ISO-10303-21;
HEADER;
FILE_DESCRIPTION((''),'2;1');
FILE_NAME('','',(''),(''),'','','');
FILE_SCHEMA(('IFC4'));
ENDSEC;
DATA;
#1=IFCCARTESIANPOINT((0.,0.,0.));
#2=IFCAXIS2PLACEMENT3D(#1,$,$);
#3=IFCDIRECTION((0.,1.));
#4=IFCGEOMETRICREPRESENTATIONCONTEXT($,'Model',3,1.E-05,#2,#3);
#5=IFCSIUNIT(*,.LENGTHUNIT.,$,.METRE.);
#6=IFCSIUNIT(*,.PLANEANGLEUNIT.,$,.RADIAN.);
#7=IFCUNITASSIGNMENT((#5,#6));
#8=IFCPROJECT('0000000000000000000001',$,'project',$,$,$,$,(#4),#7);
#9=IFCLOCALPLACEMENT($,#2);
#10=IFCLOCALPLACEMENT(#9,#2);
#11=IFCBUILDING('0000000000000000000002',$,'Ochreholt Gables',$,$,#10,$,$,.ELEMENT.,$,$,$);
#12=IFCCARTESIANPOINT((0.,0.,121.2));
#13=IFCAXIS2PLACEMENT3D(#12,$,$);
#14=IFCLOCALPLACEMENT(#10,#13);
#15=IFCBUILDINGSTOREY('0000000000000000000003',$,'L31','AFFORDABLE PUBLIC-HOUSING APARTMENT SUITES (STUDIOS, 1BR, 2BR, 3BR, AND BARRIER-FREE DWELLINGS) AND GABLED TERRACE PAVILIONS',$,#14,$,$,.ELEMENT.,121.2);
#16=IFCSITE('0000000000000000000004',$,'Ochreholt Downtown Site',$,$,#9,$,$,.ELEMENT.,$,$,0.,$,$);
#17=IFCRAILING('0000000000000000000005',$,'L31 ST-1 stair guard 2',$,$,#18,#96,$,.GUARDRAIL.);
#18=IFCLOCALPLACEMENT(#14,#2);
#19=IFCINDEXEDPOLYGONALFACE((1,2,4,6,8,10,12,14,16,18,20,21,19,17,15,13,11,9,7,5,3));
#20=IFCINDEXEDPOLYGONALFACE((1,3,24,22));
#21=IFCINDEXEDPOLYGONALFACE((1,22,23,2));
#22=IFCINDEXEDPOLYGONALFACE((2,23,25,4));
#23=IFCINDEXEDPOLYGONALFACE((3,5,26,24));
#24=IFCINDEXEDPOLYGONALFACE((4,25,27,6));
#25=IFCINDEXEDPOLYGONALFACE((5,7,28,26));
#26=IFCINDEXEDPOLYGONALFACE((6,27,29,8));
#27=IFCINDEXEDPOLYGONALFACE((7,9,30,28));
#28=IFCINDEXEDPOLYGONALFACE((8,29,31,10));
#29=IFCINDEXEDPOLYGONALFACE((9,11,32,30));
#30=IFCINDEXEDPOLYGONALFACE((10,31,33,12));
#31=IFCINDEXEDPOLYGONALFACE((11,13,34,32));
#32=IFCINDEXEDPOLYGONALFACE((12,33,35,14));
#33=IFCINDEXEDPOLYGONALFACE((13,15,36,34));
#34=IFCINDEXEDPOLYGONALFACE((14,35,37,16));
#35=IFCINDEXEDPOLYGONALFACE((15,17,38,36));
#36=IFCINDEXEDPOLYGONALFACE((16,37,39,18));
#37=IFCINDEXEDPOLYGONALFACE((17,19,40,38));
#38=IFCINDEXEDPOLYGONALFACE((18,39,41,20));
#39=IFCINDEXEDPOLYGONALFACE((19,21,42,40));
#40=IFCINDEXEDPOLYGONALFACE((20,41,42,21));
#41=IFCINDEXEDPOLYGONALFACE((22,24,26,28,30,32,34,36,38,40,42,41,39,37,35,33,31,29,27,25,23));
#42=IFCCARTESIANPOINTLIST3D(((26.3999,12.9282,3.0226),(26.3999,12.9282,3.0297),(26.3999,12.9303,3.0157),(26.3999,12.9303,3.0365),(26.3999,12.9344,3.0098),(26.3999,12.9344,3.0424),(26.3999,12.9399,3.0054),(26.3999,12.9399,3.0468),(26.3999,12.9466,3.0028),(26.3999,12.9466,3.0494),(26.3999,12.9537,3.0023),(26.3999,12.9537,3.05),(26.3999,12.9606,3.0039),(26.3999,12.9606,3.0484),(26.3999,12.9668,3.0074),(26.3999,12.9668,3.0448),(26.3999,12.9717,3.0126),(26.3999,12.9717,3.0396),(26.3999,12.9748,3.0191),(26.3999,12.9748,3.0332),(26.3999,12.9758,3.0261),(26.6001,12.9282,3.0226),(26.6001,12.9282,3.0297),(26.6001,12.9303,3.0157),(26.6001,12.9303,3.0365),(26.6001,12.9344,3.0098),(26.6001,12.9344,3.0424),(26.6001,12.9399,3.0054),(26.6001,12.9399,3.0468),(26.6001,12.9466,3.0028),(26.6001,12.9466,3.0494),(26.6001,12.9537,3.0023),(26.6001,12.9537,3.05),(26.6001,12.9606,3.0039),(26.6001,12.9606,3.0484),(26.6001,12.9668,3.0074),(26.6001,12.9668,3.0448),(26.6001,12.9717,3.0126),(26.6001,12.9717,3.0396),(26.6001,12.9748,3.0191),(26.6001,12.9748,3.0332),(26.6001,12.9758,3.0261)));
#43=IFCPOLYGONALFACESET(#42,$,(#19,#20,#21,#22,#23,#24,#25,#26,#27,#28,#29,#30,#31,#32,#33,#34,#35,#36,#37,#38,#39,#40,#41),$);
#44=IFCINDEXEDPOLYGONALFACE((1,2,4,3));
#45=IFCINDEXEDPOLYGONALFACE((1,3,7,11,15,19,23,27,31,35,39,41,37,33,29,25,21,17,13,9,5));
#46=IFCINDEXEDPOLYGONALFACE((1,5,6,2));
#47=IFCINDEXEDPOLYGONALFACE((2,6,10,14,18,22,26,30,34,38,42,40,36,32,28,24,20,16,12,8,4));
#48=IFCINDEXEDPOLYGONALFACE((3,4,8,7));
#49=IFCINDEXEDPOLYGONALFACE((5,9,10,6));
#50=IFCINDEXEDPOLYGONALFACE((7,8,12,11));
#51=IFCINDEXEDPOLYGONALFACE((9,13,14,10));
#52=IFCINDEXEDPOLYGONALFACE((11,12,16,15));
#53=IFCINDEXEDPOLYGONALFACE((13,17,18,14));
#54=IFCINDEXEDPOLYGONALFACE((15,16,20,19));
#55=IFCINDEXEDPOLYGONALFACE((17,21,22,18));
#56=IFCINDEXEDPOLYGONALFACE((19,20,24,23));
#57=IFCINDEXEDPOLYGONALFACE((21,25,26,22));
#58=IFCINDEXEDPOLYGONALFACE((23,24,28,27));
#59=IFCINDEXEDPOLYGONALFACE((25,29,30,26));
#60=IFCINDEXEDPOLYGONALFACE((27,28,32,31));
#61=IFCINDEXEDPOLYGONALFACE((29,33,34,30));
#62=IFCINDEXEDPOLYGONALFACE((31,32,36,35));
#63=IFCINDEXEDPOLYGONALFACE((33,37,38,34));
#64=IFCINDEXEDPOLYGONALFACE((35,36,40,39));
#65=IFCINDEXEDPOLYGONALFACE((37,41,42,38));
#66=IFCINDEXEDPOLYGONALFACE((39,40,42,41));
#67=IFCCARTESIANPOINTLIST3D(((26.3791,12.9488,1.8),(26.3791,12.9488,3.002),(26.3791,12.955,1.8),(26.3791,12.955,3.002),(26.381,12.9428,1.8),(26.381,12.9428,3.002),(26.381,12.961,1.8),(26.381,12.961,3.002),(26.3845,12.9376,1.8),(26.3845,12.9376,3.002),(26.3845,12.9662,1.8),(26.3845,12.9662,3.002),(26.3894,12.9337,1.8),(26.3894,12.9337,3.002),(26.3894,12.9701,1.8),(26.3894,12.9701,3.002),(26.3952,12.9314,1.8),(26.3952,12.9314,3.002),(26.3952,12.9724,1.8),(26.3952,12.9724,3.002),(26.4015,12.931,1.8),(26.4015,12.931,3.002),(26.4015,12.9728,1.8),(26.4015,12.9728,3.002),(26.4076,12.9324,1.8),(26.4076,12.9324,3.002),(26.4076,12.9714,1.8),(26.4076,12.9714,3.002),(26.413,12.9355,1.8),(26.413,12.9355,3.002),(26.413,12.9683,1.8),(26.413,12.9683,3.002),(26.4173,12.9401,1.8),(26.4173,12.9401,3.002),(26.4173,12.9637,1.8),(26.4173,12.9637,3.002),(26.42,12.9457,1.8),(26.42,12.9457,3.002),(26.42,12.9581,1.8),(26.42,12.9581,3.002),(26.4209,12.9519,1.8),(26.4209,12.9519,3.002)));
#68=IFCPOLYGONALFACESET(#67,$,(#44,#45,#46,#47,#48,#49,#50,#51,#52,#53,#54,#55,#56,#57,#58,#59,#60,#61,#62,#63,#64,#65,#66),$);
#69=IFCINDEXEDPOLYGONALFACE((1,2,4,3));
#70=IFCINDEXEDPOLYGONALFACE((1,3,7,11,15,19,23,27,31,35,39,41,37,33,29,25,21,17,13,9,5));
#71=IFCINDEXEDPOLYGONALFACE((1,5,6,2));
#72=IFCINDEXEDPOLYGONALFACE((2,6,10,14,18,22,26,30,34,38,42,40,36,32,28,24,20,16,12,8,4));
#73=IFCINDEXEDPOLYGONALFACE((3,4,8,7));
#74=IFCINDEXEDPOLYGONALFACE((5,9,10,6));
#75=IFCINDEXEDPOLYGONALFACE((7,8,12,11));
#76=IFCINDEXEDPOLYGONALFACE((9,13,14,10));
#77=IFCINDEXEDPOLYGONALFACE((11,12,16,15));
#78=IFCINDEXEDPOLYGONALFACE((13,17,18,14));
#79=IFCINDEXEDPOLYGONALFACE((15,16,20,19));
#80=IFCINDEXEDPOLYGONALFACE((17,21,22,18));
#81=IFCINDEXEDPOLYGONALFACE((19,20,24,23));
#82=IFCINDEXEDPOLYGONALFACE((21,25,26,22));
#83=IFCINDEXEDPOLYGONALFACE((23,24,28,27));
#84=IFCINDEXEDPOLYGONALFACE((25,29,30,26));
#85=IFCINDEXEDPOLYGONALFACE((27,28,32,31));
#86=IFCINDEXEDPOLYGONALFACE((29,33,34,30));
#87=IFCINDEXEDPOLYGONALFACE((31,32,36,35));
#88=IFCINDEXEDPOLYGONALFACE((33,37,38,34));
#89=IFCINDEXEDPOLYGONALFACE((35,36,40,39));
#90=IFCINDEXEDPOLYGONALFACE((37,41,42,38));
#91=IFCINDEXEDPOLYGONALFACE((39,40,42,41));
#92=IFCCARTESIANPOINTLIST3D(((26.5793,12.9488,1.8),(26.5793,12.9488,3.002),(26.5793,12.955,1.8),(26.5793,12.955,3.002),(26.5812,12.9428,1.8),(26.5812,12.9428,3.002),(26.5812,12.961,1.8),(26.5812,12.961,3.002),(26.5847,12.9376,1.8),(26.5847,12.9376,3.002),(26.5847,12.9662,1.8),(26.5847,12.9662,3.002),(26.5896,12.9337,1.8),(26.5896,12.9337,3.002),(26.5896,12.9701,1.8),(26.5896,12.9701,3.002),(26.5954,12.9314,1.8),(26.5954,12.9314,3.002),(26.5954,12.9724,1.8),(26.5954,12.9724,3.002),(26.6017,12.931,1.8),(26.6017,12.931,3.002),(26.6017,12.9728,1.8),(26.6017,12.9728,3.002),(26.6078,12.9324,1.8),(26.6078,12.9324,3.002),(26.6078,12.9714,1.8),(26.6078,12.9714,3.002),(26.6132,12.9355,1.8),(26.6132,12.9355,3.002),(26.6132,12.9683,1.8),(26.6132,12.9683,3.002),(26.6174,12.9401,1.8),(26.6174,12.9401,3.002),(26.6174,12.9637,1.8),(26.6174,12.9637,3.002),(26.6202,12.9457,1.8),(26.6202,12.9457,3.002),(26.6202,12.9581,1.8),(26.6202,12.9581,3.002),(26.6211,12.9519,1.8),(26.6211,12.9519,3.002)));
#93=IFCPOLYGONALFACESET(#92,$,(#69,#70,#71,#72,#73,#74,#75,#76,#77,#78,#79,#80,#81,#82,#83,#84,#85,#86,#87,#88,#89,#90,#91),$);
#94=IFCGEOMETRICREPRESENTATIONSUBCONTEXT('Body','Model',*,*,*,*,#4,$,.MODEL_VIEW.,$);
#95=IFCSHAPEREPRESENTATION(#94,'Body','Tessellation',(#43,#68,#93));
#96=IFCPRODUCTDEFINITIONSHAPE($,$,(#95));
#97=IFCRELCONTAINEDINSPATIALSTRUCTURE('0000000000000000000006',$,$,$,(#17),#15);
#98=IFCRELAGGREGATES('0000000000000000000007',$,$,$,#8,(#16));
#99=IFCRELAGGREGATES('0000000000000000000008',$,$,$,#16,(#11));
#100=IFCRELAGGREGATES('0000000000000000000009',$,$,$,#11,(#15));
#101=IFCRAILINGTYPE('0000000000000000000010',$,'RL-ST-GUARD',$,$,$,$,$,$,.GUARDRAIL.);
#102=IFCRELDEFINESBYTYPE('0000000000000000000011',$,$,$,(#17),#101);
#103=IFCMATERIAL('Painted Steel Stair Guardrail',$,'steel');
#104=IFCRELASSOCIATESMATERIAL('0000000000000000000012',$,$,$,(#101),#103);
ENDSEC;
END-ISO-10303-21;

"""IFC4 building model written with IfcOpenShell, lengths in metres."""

from ifc_helpers import new_model, si_unit, direction, frame, origin, origin_2d, place, context, subcontext, project, spatial, circle, extrude, material, type_object, element, save


model = new_model("IFC4")

# Units and contexts
model_context = context("Model", 3, precision=1e-05, world=origin(), true_north=direction((0.0, 1.0)))
body_context = subcontext(model_context, "Body", "Model", "MODEL_VIEW")
ifc_project = project(units=[si_unit("LENGTHUNIT", "METRE"), si_unit("PLANEANGLEUNIT", "RADIAN")], contexts=[model_context])

# Site, building, storey
site_placement = place(None, origin())
site = spatial("IfcSite", under=ifc_project, at=site_placement, Name="Ochreholt Downtown Site", CompositionType="ELEMENT", RefElevation=0.0)
building_placement = place(site_placement, origin())
building = spatial("IfcBuilding", under=site, at=building_placement, Name="Ochreholt Gables", CompositionType="ELEMENT")
storey_placement = place(building_placement, frame((0.0, 0.0, 121.2)))
storey = spatial("IfcBuildingStorey", under=building, at=storey_placement, Name="L31", Description="AFFORDABLE PUBLIC-HOUSING APARTMENT SUITES (STUDIOS, 1BR, 2BR, 3BR, AND BARRIER-FREE DWELLINGS) AND GABLED TERRACE PAVILIONS", CompositionType="ELEMENT", Elevation=121.2)

# Railing
ifc_material_1 = material(Name="Painted Steel Stair Guardrail", Category="steel")
railing_type_1 = type_object("IfcRailingType", Name="RL-ST-GUARD", PredefinedType="GUARDRAIL", material=ifc_material_1)
railing_1_placement = place(storey_placement, frame((26.3999, 12.9519, 1.8)))
element("IfcRailing", 1, at=railing_1_placement, inside=storey, type_object=railing_type_1, Name="L31 ST-1 stair guard 2", PredefinedType="GUARDRAIL", context=body_context, shape_type="SweptSolid", body=[
    extrude(circle(Radius=0.0239, at=origin_2d()), frame((0.0, 0.0, 1.2261), z_axis=(1.0, 0.0, 0.0), x_axis=(0.0, 1.0, 0.0)), (0.0, 0.0, 1.0), 0.2002),
    extrude(circle(Radius=0.021, at=origin_2d()), origin(), (0.0, 0.0, 1.0), 1.2019),
    extrude(circle(Radius=0.021, at=origin_2d()), frame((0.2002, 0.0, 0.0)), (0.0, 0.0, 1.0), 1.2019),
])

save(model, "model.ifc")
